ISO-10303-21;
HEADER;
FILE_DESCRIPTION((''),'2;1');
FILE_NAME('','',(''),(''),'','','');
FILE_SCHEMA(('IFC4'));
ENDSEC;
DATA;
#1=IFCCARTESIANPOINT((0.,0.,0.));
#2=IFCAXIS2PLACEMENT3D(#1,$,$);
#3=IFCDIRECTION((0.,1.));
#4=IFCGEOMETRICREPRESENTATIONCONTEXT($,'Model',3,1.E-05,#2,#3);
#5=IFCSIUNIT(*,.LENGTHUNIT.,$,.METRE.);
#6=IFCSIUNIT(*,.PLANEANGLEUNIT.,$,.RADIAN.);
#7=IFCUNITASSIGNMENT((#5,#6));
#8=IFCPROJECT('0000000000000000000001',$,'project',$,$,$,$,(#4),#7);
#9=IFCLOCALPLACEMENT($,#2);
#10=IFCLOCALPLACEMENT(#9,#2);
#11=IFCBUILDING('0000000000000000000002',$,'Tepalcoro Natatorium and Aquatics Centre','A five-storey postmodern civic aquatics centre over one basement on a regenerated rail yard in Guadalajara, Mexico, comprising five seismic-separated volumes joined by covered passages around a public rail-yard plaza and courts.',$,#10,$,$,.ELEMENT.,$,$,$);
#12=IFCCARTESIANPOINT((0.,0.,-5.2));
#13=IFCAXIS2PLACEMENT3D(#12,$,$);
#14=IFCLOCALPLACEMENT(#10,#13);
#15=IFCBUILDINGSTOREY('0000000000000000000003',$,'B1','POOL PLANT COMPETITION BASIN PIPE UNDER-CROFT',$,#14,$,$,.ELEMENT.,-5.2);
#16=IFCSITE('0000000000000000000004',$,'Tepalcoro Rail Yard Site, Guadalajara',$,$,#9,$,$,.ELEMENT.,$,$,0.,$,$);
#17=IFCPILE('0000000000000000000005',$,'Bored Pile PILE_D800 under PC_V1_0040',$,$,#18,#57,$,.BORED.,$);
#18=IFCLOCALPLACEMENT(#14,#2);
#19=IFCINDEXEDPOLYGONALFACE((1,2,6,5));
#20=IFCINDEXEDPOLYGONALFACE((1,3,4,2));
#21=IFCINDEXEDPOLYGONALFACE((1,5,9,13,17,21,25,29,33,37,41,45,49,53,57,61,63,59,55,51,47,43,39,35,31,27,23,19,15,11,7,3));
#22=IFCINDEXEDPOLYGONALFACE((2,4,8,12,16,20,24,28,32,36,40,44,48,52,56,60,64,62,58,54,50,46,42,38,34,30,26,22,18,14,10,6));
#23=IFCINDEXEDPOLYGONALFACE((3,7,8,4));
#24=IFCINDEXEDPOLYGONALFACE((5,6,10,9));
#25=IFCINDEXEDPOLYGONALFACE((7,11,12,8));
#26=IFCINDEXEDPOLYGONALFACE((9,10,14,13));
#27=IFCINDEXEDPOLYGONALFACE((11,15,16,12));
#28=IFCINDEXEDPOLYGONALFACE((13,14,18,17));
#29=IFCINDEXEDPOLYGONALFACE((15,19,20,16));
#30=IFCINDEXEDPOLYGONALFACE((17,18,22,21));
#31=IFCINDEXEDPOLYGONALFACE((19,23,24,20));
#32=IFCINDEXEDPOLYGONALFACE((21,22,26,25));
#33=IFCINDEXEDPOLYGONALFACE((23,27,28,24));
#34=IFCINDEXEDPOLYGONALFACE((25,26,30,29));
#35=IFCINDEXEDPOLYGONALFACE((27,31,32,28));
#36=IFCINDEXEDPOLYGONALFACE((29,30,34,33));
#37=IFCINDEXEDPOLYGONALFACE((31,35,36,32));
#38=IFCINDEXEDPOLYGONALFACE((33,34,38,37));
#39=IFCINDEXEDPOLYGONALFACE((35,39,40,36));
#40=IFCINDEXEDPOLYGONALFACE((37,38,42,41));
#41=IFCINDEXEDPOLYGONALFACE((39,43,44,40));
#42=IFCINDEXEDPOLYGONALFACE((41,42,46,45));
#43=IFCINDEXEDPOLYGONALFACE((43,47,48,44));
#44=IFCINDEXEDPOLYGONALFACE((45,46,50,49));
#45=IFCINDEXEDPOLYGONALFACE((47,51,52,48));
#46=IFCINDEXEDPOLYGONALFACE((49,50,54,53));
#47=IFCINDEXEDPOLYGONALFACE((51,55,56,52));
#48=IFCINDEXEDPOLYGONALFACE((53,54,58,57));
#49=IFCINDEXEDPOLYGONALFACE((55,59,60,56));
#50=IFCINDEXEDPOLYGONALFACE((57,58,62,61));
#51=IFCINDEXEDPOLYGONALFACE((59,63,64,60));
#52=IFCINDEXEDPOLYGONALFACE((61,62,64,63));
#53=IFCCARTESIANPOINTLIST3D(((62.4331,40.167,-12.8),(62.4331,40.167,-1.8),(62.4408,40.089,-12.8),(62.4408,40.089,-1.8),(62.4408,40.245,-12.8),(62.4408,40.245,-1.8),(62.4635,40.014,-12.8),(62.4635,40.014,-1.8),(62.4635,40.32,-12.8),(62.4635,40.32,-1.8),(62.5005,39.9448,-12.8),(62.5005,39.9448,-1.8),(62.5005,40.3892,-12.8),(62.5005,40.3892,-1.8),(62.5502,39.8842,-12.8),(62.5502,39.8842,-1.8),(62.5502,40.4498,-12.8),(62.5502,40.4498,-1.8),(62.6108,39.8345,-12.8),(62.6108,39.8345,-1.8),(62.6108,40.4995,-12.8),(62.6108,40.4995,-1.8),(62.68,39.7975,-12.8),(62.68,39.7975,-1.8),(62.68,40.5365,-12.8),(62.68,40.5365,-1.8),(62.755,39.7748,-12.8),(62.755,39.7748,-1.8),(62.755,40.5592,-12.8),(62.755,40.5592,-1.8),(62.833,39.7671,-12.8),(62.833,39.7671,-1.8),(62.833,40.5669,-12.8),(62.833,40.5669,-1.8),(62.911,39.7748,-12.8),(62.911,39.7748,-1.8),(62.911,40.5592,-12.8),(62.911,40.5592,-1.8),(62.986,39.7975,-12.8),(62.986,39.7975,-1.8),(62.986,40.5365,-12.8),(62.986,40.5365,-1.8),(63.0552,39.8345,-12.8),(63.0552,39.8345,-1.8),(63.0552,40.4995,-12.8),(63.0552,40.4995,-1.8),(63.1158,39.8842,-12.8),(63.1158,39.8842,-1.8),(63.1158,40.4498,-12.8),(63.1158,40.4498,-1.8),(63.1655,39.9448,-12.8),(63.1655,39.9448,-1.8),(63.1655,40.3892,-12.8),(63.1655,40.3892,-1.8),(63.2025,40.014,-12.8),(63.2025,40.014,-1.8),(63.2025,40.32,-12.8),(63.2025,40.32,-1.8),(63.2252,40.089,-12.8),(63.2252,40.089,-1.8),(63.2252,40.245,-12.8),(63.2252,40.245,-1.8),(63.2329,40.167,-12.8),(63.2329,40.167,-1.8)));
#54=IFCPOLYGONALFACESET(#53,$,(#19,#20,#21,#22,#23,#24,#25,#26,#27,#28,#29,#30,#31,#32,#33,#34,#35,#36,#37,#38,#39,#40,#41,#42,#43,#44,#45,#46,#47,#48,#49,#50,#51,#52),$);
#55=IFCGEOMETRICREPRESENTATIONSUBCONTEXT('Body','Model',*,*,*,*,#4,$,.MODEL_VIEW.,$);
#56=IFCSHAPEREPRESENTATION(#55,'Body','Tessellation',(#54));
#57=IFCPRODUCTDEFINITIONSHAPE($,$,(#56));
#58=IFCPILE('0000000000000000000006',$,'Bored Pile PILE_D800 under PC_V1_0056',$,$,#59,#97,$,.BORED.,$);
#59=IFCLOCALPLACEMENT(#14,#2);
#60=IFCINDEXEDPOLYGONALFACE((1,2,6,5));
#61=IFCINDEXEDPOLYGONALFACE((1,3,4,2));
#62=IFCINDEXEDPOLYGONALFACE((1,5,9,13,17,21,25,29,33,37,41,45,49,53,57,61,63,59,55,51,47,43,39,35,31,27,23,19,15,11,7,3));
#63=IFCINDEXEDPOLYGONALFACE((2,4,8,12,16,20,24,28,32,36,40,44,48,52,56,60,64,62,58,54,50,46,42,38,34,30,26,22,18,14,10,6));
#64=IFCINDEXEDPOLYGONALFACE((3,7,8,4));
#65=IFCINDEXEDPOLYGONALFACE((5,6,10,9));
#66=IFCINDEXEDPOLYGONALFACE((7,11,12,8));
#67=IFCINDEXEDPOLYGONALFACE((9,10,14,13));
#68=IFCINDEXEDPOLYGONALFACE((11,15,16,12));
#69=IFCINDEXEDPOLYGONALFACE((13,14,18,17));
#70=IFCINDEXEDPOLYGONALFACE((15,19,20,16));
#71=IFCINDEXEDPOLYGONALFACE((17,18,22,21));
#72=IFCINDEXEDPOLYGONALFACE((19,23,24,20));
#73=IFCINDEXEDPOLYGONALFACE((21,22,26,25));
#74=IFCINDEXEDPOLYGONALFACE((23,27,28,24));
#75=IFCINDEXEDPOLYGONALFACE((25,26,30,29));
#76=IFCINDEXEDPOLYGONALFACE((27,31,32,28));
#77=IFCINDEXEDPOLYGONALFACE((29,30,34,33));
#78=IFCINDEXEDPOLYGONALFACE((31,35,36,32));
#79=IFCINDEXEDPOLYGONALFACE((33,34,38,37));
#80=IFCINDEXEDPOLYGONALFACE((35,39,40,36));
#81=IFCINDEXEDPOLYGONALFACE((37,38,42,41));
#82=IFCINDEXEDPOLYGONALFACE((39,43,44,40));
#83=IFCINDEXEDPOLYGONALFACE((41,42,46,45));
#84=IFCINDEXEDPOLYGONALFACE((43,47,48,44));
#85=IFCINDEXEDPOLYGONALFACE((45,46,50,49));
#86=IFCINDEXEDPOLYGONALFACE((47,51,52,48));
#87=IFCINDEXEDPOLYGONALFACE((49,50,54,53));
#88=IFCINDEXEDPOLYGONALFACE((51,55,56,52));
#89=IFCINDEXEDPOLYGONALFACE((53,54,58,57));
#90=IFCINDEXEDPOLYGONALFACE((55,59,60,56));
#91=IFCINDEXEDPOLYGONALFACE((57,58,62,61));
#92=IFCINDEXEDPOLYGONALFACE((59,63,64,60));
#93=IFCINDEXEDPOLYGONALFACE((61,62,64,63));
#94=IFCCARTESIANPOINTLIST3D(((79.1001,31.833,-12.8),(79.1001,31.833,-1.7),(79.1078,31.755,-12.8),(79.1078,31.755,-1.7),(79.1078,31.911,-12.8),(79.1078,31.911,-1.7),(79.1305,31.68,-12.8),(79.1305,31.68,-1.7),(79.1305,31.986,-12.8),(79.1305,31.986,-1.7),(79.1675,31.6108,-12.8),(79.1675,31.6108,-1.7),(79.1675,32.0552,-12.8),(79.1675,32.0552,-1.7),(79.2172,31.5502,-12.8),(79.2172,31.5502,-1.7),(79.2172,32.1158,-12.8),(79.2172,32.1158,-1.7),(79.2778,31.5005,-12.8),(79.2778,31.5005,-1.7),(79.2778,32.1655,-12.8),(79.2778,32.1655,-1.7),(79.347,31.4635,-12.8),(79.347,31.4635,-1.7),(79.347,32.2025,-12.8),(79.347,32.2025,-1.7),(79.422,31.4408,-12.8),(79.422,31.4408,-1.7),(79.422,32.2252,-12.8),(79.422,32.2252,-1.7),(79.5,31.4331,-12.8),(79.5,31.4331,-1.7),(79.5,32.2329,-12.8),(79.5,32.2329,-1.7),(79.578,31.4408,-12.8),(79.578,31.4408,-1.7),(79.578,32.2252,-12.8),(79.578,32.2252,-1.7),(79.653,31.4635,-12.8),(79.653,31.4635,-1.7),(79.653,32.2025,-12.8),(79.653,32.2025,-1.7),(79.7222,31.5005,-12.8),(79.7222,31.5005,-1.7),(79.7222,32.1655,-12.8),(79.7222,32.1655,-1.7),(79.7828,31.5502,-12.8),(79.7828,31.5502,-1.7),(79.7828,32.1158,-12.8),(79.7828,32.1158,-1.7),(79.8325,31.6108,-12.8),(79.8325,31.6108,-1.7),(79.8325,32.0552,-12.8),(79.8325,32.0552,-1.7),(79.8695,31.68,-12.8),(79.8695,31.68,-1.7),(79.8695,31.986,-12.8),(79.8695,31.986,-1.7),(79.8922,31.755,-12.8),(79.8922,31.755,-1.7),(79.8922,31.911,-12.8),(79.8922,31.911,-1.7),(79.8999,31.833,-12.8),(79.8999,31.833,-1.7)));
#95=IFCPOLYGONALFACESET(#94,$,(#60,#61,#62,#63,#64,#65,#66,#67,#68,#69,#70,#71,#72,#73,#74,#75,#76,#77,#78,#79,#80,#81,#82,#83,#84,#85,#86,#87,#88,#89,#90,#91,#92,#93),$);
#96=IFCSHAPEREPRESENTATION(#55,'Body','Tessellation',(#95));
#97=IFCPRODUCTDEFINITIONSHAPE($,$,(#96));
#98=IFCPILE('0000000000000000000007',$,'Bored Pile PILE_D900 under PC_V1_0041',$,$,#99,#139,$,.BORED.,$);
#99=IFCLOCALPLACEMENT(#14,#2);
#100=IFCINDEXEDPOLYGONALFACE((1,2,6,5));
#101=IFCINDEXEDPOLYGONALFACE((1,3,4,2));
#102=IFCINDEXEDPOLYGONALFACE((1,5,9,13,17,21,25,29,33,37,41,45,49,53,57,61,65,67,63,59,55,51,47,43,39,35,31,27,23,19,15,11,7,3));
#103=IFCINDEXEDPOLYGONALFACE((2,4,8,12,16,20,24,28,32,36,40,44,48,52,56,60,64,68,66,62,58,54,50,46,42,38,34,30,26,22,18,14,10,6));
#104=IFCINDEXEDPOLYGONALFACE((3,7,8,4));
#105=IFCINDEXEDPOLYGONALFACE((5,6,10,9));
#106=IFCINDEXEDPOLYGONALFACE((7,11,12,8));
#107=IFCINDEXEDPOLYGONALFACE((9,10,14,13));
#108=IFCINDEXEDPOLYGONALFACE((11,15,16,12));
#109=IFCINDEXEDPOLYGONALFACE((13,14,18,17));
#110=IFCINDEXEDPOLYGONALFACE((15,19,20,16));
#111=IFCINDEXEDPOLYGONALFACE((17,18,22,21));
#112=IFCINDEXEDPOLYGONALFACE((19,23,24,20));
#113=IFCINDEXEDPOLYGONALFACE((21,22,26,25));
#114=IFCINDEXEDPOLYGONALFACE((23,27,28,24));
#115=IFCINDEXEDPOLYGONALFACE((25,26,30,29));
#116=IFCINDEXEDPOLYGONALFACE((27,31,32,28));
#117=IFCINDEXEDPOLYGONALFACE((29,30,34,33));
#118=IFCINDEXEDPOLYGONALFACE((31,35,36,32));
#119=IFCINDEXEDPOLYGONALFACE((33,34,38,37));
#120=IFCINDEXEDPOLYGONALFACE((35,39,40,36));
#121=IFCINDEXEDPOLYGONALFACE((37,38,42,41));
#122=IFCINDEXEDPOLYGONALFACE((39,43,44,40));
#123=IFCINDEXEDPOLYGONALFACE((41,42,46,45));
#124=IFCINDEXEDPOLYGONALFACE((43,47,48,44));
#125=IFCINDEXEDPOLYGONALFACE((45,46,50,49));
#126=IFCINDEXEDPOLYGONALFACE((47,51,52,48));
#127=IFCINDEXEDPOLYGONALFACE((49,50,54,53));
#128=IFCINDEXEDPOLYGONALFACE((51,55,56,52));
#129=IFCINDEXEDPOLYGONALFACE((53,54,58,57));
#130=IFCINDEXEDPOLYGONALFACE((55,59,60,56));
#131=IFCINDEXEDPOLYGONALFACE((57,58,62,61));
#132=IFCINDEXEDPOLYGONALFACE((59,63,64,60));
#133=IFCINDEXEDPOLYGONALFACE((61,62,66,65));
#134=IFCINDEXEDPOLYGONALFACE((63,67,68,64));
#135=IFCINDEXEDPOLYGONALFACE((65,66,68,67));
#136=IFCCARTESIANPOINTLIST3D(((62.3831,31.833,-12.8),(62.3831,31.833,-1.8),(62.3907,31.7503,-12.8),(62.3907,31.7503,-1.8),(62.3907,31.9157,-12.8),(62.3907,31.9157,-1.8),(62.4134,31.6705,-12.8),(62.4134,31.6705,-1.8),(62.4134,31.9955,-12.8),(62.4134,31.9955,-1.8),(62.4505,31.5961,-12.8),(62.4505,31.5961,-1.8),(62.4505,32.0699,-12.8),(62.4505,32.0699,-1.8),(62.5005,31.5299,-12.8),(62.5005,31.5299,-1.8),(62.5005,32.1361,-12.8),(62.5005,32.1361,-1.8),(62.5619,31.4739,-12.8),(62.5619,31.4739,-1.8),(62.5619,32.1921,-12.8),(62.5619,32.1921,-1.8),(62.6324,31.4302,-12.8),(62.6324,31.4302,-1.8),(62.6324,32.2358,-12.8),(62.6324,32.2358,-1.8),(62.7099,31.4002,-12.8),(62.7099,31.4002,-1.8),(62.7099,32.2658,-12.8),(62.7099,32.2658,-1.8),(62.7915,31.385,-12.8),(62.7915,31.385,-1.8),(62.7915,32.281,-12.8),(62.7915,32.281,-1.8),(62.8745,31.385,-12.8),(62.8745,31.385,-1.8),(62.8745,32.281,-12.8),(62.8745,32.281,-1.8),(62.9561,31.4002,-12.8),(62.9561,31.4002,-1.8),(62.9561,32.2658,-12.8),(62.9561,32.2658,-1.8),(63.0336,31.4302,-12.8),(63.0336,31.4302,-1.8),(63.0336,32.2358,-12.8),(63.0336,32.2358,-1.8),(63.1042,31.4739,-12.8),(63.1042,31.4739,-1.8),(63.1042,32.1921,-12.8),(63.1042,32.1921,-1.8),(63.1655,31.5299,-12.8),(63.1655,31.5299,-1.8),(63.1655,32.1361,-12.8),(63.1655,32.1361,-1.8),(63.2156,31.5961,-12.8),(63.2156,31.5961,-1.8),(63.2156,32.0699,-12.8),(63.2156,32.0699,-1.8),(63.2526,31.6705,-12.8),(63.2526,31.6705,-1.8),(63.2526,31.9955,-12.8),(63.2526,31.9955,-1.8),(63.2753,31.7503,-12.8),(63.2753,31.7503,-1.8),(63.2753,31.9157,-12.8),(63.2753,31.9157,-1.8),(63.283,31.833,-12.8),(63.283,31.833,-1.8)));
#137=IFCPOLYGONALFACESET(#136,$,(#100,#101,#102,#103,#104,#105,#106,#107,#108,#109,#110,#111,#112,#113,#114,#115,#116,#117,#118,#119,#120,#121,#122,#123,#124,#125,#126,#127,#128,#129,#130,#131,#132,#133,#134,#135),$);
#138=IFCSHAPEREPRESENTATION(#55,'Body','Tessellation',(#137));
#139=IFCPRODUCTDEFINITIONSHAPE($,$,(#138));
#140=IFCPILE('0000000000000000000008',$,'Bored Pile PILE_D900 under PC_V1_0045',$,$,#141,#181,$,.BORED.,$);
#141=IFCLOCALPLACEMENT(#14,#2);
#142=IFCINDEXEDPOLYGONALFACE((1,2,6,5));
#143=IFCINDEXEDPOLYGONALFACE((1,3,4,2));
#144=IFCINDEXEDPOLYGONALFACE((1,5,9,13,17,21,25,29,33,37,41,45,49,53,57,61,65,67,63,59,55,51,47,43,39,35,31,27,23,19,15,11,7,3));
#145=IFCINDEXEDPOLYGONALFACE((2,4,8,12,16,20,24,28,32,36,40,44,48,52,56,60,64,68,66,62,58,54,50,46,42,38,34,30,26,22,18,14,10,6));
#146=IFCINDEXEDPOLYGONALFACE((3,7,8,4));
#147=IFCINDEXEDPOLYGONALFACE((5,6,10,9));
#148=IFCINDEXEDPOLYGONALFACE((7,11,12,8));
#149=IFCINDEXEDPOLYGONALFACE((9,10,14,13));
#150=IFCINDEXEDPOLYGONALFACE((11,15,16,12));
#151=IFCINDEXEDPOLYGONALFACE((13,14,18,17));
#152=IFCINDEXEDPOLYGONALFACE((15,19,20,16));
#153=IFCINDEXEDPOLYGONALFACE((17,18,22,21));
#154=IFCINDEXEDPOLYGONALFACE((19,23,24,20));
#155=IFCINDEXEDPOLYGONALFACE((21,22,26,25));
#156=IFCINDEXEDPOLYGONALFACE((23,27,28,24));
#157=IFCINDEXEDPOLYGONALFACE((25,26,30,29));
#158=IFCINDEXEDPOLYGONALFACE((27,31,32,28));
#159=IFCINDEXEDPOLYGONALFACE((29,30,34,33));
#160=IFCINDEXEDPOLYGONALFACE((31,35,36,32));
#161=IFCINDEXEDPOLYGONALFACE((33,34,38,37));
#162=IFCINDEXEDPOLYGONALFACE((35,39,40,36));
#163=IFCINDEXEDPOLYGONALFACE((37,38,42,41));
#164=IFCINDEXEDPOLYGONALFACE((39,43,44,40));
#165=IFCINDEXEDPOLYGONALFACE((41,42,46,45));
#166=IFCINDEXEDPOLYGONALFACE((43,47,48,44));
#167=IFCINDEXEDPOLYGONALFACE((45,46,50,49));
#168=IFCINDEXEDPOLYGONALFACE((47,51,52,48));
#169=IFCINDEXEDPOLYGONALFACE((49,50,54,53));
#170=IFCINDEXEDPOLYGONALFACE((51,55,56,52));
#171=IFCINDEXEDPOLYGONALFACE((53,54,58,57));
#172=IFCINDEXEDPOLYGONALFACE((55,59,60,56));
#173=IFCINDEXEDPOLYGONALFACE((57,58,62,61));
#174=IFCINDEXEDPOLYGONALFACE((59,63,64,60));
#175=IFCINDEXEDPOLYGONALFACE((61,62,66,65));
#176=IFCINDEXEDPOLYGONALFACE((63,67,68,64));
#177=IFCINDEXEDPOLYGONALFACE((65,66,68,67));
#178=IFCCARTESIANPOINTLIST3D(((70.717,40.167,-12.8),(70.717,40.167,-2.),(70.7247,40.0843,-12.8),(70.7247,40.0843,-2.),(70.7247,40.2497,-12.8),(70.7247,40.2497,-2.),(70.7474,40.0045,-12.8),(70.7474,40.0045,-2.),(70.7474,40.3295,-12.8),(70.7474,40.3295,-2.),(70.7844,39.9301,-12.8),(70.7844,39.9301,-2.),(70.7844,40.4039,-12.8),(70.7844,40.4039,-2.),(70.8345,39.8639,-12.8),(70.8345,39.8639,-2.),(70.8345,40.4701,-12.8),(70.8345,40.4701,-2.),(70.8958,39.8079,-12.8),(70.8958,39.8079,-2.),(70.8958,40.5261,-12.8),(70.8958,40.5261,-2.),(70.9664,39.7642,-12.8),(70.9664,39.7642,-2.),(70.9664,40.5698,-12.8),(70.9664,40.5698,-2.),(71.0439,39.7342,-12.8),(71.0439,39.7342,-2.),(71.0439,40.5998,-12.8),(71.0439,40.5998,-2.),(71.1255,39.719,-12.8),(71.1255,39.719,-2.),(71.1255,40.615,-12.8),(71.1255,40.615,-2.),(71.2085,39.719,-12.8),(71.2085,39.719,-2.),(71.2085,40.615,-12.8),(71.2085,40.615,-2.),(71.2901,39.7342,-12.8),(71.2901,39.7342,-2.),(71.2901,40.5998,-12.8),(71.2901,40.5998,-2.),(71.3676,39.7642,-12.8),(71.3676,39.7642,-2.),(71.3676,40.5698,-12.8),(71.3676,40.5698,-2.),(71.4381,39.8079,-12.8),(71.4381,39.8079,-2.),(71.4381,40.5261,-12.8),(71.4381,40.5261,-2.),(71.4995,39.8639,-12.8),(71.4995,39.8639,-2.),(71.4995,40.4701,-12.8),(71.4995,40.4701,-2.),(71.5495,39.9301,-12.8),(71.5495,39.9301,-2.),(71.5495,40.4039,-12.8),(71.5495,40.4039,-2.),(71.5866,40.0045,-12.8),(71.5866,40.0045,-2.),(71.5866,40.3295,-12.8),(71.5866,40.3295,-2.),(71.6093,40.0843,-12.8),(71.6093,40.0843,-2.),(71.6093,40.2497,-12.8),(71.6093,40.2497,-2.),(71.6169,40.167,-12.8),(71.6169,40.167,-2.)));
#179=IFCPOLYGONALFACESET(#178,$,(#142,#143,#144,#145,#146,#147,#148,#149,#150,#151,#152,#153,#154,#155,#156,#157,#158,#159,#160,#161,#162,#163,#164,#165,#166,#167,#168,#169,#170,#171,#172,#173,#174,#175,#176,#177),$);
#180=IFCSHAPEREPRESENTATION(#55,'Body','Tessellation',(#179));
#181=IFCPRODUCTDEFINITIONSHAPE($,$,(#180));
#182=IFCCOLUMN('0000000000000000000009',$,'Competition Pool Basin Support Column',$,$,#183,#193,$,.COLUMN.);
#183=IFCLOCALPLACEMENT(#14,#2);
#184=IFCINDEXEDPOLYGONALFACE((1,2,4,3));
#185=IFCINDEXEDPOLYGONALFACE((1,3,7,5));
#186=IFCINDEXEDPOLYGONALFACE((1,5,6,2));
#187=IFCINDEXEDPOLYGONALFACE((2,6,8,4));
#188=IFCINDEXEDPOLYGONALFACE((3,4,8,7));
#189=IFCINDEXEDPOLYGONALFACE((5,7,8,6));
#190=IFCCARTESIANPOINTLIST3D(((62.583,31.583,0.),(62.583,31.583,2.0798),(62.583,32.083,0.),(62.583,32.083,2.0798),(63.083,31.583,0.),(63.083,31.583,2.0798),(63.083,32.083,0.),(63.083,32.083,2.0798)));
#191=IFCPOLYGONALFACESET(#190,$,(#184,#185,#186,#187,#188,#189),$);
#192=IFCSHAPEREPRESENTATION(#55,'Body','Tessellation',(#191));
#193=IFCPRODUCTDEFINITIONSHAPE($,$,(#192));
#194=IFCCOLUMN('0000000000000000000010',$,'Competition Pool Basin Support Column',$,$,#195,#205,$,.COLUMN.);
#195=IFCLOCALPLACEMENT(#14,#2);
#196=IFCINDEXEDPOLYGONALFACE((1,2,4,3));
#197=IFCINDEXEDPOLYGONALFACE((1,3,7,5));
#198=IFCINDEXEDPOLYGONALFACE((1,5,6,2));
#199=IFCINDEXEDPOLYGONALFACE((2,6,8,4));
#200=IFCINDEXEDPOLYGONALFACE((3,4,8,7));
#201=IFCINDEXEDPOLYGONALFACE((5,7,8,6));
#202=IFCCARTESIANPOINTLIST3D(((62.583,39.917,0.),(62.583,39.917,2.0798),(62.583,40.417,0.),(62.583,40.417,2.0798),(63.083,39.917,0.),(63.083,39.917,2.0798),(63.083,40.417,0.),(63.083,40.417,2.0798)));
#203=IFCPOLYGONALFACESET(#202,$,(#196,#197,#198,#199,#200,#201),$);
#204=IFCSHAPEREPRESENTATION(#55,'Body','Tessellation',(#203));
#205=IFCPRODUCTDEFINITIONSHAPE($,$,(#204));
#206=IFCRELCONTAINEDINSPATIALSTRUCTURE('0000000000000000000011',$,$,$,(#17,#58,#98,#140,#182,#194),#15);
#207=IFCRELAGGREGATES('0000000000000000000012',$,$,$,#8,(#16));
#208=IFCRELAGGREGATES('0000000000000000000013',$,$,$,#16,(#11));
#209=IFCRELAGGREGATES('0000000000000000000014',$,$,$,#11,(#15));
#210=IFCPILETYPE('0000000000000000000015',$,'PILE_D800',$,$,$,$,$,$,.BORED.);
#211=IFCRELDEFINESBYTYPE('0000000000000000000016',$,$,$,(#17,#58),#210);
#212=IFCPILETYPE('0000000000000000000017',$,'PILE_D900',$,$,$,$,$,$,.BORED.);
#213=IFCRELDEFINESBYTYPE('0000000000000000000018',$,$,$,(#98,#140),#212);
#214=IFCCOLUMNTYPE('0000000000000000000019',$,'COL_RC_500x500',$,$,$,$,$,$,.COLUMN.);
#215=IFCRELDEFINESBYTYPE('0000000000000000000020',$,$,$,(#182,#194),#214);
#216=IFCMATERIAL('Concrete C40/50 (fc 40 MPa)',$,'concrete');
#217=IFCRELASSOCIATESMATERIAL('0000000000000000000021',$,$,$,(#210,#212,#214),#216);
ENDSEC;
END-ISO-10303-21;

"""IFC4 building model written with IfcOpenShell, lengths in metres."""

from ifc_helpers import new_model, si_unit, direction, frame, origin, origin_2d, place, context, subcontext, project, spatial, rectangle, circle, extrude, material, material_profile, profile_set, type_object, element, save


model = new_model("IFC4")

# Units and contexts
model_context = context("Model", 3, precision=1e-05, world=origin(), true_north=direction((0.0, 1.0)))
body_context = subcontext(model_context, "Body", "Model", "MODEL_VIEW")
ifc_project = project(units=[si_unit("LENGTHUNIT", "METRE"), si_unit("PLANEANGLEUNIT", "RADIAN")], contexts=[model_context])

# Site, building, storey
site_placement = place(None, origin())
site = spatial("IfcSite", under=ifc_project, at=site_placement, Name="Tepalcoro Rail Yard Site, Guadalajara", CompositionType="ELEMENT", RefElevation=0.0)
building_placement = place(site_placement, origin())
building = spatial("IfcBuilding", under=site, at=building_placement, Name="Tepalcoro Natatorium and Aquatics Centre", Description="A five-storey postmodern civic aquatics centre over one basement on a regenerated rail yard in Guadalajara, Mexico, comprising five seismic-separated volumes joined by covered passages around a public rail-yard plaza and courts.", CompositionType="ELEMENT")
storey_placement = place(building_placement, frame((0.0, 0.0, -5.2)))
storey = spatial("IfcBuildingStorey", under=building, at=storey_placement, Name="B1", Description="POOL PLANT COMPETITION BASIN PIPE UNDER-CROFT", CompositionType="ELEMENT", Elevation=-5.2)

# Piles
ifc_material_1 = material(Name="Concrete C40/50 (fc 40 MPa)", Category="concrete")
ifc_material_profile_1 = material_profile(ifc_material_1, circle(Radius=0.3999, at=origin_2d()), Name="PILE_D800")
ifc_profile_set_1 = profile_set([ifc_material_profile_1], Name="Concrete C40/50 (fc 40 MPa)")
pile_type_1 = type_object("IfcPileType", Name="PILE_D800", PredefinedType="BORED", material=ifc_profile_set_1)
pile_1_placement = place(storey_placement, frame((62.833, 40.167, -1.8), z_axis=(0.0, 0.0, -1.0), x_axis=(1.0, 0.0, 0.0)))
element("IfcPile", 1, at=pile_1_placement, inside=storey, type_object=pile_type_1, Name="Bored Pile PILE_D800 under PC_V1_0040", PredefinedType="BORED", context=body_context, shape_type="SweptSolid", body=[
    extrude(circle(Radius=0.3999, at=origin_2d()), origin(), (0.0, 0.0, 1.0), 11.0),
])
pile_2_placement = place(storey_placement, frame((79.5, 31.833, -1.7), z_axis=(0.0, 0.0, -1.0), x_axis=(1.0, 0.0, 0.0)))
element("IfcPile", 2, at=pile_2_placement, inside=storey, type_object=pile_type_1, Name="Bored Pile PILE_D800 under PC_V1_0056", PredefinedType="BORED", context=body_context, shape_type="SweptSolid", body=[
    extrude(circle(Radius=0.3999, at=origin_2d()), origin(), (0.0, 0.0, 1.0), 11.1001),
])
ifc_material_profile_2 = material_profile(ifc_material_1, circle(Radius=0.45, at=origin_2d()), Name="PILE_D900")
ifc_profile_set_2 = profile_set([ifc_material_profile_2], Name="Concrete C40/50 (fc 40 MPa)")
pile_type_2 = type_object("IfcPileType", Name="PILE_D900", PredefinedType="BORED", material=ifc_profile_set_2)
pile_3_placement = place(storey_placement, frame((62.833, 31.833, -1.8), z_axis=(0.0, 0.0, -1.0), x_axis=(1.0, 0.0, 0.0)))
element("IfcPile", 3, at=pile_3_placement, inside=storey, type_object=pile_type_2, Name="Bored Pile PILE_D900 under PC_V1_0041", PredefinedType="BORED", context=body_context, shape_type="SweptSolid", body=[
    extrude(circle(Radius=0.45, at=origin_2d()), origin(), (0.0, 0.0, 1.0), 11.0),
])
pile_4_placement = place(storey_placement, frame((71.167, 40.167, -2.0), z_axis=(0.0, 0.0, -1.0), x_axis=(1.0, 0.0, 0.0)))
element("IfcPile", 4, at=pile_4_placement, inside=storey, type_object=pile_type_2, Name="Bored Pile PILE_D900 under PC_V1_0045", PredefinedType="BORED", context=body_context, shape_type="SweptSolid", body=[
    extrude(circle(Radius=0.45, at=origin_2d()), origin(), (0.0, 0.0, 1.0), 10.8),
])

# Columns
ifc_material_profile_3 = material_profile(ifc_material_1, rectangle(XDim=0.5, YDim=0.5, at=origin_2d()), Name="RC500x500")
ifc_profile_set_3 = profile_set([ifc_material_profile_3], Name="Concrete C40/50 (fc 40 MPa)")
column_type_1 = type_object("IfcColumnType", Name="COL_RC_500x500", PredefinedType="COLUMN", material=ifc_profile_set_3)
for number, where, z_axis, x_axis, name in (
    (5, (62.833, 31.833, 0.0), (0.0, 0.0, 1.0), (1.0, 0.0, 0.0), "Competition Pool Basin Support Column"),
    (6, (62.833, 40.167, 0.0), (0.0, 0.0, 1.0), (1.0, 0.0, 0.0), "Competition Pool Basin Support Column"),
):
    element("IfcColumn", number, at=place(storey_placement, frame(where, z_axis=z_axis, x_axis=x_axis)), inside=storey, type_object=column_type_1, Name=name, PredefinedType="COLUMN", context=body_context, shape_type="SweptSolid", body=[
        extrude(rectangle(XDim=0.5, YDim=0.5, at=origin_2d()), origin(), (0.0, 0.0, 1.0), 2.0798),
    ])

save(model, "model.ifc")
